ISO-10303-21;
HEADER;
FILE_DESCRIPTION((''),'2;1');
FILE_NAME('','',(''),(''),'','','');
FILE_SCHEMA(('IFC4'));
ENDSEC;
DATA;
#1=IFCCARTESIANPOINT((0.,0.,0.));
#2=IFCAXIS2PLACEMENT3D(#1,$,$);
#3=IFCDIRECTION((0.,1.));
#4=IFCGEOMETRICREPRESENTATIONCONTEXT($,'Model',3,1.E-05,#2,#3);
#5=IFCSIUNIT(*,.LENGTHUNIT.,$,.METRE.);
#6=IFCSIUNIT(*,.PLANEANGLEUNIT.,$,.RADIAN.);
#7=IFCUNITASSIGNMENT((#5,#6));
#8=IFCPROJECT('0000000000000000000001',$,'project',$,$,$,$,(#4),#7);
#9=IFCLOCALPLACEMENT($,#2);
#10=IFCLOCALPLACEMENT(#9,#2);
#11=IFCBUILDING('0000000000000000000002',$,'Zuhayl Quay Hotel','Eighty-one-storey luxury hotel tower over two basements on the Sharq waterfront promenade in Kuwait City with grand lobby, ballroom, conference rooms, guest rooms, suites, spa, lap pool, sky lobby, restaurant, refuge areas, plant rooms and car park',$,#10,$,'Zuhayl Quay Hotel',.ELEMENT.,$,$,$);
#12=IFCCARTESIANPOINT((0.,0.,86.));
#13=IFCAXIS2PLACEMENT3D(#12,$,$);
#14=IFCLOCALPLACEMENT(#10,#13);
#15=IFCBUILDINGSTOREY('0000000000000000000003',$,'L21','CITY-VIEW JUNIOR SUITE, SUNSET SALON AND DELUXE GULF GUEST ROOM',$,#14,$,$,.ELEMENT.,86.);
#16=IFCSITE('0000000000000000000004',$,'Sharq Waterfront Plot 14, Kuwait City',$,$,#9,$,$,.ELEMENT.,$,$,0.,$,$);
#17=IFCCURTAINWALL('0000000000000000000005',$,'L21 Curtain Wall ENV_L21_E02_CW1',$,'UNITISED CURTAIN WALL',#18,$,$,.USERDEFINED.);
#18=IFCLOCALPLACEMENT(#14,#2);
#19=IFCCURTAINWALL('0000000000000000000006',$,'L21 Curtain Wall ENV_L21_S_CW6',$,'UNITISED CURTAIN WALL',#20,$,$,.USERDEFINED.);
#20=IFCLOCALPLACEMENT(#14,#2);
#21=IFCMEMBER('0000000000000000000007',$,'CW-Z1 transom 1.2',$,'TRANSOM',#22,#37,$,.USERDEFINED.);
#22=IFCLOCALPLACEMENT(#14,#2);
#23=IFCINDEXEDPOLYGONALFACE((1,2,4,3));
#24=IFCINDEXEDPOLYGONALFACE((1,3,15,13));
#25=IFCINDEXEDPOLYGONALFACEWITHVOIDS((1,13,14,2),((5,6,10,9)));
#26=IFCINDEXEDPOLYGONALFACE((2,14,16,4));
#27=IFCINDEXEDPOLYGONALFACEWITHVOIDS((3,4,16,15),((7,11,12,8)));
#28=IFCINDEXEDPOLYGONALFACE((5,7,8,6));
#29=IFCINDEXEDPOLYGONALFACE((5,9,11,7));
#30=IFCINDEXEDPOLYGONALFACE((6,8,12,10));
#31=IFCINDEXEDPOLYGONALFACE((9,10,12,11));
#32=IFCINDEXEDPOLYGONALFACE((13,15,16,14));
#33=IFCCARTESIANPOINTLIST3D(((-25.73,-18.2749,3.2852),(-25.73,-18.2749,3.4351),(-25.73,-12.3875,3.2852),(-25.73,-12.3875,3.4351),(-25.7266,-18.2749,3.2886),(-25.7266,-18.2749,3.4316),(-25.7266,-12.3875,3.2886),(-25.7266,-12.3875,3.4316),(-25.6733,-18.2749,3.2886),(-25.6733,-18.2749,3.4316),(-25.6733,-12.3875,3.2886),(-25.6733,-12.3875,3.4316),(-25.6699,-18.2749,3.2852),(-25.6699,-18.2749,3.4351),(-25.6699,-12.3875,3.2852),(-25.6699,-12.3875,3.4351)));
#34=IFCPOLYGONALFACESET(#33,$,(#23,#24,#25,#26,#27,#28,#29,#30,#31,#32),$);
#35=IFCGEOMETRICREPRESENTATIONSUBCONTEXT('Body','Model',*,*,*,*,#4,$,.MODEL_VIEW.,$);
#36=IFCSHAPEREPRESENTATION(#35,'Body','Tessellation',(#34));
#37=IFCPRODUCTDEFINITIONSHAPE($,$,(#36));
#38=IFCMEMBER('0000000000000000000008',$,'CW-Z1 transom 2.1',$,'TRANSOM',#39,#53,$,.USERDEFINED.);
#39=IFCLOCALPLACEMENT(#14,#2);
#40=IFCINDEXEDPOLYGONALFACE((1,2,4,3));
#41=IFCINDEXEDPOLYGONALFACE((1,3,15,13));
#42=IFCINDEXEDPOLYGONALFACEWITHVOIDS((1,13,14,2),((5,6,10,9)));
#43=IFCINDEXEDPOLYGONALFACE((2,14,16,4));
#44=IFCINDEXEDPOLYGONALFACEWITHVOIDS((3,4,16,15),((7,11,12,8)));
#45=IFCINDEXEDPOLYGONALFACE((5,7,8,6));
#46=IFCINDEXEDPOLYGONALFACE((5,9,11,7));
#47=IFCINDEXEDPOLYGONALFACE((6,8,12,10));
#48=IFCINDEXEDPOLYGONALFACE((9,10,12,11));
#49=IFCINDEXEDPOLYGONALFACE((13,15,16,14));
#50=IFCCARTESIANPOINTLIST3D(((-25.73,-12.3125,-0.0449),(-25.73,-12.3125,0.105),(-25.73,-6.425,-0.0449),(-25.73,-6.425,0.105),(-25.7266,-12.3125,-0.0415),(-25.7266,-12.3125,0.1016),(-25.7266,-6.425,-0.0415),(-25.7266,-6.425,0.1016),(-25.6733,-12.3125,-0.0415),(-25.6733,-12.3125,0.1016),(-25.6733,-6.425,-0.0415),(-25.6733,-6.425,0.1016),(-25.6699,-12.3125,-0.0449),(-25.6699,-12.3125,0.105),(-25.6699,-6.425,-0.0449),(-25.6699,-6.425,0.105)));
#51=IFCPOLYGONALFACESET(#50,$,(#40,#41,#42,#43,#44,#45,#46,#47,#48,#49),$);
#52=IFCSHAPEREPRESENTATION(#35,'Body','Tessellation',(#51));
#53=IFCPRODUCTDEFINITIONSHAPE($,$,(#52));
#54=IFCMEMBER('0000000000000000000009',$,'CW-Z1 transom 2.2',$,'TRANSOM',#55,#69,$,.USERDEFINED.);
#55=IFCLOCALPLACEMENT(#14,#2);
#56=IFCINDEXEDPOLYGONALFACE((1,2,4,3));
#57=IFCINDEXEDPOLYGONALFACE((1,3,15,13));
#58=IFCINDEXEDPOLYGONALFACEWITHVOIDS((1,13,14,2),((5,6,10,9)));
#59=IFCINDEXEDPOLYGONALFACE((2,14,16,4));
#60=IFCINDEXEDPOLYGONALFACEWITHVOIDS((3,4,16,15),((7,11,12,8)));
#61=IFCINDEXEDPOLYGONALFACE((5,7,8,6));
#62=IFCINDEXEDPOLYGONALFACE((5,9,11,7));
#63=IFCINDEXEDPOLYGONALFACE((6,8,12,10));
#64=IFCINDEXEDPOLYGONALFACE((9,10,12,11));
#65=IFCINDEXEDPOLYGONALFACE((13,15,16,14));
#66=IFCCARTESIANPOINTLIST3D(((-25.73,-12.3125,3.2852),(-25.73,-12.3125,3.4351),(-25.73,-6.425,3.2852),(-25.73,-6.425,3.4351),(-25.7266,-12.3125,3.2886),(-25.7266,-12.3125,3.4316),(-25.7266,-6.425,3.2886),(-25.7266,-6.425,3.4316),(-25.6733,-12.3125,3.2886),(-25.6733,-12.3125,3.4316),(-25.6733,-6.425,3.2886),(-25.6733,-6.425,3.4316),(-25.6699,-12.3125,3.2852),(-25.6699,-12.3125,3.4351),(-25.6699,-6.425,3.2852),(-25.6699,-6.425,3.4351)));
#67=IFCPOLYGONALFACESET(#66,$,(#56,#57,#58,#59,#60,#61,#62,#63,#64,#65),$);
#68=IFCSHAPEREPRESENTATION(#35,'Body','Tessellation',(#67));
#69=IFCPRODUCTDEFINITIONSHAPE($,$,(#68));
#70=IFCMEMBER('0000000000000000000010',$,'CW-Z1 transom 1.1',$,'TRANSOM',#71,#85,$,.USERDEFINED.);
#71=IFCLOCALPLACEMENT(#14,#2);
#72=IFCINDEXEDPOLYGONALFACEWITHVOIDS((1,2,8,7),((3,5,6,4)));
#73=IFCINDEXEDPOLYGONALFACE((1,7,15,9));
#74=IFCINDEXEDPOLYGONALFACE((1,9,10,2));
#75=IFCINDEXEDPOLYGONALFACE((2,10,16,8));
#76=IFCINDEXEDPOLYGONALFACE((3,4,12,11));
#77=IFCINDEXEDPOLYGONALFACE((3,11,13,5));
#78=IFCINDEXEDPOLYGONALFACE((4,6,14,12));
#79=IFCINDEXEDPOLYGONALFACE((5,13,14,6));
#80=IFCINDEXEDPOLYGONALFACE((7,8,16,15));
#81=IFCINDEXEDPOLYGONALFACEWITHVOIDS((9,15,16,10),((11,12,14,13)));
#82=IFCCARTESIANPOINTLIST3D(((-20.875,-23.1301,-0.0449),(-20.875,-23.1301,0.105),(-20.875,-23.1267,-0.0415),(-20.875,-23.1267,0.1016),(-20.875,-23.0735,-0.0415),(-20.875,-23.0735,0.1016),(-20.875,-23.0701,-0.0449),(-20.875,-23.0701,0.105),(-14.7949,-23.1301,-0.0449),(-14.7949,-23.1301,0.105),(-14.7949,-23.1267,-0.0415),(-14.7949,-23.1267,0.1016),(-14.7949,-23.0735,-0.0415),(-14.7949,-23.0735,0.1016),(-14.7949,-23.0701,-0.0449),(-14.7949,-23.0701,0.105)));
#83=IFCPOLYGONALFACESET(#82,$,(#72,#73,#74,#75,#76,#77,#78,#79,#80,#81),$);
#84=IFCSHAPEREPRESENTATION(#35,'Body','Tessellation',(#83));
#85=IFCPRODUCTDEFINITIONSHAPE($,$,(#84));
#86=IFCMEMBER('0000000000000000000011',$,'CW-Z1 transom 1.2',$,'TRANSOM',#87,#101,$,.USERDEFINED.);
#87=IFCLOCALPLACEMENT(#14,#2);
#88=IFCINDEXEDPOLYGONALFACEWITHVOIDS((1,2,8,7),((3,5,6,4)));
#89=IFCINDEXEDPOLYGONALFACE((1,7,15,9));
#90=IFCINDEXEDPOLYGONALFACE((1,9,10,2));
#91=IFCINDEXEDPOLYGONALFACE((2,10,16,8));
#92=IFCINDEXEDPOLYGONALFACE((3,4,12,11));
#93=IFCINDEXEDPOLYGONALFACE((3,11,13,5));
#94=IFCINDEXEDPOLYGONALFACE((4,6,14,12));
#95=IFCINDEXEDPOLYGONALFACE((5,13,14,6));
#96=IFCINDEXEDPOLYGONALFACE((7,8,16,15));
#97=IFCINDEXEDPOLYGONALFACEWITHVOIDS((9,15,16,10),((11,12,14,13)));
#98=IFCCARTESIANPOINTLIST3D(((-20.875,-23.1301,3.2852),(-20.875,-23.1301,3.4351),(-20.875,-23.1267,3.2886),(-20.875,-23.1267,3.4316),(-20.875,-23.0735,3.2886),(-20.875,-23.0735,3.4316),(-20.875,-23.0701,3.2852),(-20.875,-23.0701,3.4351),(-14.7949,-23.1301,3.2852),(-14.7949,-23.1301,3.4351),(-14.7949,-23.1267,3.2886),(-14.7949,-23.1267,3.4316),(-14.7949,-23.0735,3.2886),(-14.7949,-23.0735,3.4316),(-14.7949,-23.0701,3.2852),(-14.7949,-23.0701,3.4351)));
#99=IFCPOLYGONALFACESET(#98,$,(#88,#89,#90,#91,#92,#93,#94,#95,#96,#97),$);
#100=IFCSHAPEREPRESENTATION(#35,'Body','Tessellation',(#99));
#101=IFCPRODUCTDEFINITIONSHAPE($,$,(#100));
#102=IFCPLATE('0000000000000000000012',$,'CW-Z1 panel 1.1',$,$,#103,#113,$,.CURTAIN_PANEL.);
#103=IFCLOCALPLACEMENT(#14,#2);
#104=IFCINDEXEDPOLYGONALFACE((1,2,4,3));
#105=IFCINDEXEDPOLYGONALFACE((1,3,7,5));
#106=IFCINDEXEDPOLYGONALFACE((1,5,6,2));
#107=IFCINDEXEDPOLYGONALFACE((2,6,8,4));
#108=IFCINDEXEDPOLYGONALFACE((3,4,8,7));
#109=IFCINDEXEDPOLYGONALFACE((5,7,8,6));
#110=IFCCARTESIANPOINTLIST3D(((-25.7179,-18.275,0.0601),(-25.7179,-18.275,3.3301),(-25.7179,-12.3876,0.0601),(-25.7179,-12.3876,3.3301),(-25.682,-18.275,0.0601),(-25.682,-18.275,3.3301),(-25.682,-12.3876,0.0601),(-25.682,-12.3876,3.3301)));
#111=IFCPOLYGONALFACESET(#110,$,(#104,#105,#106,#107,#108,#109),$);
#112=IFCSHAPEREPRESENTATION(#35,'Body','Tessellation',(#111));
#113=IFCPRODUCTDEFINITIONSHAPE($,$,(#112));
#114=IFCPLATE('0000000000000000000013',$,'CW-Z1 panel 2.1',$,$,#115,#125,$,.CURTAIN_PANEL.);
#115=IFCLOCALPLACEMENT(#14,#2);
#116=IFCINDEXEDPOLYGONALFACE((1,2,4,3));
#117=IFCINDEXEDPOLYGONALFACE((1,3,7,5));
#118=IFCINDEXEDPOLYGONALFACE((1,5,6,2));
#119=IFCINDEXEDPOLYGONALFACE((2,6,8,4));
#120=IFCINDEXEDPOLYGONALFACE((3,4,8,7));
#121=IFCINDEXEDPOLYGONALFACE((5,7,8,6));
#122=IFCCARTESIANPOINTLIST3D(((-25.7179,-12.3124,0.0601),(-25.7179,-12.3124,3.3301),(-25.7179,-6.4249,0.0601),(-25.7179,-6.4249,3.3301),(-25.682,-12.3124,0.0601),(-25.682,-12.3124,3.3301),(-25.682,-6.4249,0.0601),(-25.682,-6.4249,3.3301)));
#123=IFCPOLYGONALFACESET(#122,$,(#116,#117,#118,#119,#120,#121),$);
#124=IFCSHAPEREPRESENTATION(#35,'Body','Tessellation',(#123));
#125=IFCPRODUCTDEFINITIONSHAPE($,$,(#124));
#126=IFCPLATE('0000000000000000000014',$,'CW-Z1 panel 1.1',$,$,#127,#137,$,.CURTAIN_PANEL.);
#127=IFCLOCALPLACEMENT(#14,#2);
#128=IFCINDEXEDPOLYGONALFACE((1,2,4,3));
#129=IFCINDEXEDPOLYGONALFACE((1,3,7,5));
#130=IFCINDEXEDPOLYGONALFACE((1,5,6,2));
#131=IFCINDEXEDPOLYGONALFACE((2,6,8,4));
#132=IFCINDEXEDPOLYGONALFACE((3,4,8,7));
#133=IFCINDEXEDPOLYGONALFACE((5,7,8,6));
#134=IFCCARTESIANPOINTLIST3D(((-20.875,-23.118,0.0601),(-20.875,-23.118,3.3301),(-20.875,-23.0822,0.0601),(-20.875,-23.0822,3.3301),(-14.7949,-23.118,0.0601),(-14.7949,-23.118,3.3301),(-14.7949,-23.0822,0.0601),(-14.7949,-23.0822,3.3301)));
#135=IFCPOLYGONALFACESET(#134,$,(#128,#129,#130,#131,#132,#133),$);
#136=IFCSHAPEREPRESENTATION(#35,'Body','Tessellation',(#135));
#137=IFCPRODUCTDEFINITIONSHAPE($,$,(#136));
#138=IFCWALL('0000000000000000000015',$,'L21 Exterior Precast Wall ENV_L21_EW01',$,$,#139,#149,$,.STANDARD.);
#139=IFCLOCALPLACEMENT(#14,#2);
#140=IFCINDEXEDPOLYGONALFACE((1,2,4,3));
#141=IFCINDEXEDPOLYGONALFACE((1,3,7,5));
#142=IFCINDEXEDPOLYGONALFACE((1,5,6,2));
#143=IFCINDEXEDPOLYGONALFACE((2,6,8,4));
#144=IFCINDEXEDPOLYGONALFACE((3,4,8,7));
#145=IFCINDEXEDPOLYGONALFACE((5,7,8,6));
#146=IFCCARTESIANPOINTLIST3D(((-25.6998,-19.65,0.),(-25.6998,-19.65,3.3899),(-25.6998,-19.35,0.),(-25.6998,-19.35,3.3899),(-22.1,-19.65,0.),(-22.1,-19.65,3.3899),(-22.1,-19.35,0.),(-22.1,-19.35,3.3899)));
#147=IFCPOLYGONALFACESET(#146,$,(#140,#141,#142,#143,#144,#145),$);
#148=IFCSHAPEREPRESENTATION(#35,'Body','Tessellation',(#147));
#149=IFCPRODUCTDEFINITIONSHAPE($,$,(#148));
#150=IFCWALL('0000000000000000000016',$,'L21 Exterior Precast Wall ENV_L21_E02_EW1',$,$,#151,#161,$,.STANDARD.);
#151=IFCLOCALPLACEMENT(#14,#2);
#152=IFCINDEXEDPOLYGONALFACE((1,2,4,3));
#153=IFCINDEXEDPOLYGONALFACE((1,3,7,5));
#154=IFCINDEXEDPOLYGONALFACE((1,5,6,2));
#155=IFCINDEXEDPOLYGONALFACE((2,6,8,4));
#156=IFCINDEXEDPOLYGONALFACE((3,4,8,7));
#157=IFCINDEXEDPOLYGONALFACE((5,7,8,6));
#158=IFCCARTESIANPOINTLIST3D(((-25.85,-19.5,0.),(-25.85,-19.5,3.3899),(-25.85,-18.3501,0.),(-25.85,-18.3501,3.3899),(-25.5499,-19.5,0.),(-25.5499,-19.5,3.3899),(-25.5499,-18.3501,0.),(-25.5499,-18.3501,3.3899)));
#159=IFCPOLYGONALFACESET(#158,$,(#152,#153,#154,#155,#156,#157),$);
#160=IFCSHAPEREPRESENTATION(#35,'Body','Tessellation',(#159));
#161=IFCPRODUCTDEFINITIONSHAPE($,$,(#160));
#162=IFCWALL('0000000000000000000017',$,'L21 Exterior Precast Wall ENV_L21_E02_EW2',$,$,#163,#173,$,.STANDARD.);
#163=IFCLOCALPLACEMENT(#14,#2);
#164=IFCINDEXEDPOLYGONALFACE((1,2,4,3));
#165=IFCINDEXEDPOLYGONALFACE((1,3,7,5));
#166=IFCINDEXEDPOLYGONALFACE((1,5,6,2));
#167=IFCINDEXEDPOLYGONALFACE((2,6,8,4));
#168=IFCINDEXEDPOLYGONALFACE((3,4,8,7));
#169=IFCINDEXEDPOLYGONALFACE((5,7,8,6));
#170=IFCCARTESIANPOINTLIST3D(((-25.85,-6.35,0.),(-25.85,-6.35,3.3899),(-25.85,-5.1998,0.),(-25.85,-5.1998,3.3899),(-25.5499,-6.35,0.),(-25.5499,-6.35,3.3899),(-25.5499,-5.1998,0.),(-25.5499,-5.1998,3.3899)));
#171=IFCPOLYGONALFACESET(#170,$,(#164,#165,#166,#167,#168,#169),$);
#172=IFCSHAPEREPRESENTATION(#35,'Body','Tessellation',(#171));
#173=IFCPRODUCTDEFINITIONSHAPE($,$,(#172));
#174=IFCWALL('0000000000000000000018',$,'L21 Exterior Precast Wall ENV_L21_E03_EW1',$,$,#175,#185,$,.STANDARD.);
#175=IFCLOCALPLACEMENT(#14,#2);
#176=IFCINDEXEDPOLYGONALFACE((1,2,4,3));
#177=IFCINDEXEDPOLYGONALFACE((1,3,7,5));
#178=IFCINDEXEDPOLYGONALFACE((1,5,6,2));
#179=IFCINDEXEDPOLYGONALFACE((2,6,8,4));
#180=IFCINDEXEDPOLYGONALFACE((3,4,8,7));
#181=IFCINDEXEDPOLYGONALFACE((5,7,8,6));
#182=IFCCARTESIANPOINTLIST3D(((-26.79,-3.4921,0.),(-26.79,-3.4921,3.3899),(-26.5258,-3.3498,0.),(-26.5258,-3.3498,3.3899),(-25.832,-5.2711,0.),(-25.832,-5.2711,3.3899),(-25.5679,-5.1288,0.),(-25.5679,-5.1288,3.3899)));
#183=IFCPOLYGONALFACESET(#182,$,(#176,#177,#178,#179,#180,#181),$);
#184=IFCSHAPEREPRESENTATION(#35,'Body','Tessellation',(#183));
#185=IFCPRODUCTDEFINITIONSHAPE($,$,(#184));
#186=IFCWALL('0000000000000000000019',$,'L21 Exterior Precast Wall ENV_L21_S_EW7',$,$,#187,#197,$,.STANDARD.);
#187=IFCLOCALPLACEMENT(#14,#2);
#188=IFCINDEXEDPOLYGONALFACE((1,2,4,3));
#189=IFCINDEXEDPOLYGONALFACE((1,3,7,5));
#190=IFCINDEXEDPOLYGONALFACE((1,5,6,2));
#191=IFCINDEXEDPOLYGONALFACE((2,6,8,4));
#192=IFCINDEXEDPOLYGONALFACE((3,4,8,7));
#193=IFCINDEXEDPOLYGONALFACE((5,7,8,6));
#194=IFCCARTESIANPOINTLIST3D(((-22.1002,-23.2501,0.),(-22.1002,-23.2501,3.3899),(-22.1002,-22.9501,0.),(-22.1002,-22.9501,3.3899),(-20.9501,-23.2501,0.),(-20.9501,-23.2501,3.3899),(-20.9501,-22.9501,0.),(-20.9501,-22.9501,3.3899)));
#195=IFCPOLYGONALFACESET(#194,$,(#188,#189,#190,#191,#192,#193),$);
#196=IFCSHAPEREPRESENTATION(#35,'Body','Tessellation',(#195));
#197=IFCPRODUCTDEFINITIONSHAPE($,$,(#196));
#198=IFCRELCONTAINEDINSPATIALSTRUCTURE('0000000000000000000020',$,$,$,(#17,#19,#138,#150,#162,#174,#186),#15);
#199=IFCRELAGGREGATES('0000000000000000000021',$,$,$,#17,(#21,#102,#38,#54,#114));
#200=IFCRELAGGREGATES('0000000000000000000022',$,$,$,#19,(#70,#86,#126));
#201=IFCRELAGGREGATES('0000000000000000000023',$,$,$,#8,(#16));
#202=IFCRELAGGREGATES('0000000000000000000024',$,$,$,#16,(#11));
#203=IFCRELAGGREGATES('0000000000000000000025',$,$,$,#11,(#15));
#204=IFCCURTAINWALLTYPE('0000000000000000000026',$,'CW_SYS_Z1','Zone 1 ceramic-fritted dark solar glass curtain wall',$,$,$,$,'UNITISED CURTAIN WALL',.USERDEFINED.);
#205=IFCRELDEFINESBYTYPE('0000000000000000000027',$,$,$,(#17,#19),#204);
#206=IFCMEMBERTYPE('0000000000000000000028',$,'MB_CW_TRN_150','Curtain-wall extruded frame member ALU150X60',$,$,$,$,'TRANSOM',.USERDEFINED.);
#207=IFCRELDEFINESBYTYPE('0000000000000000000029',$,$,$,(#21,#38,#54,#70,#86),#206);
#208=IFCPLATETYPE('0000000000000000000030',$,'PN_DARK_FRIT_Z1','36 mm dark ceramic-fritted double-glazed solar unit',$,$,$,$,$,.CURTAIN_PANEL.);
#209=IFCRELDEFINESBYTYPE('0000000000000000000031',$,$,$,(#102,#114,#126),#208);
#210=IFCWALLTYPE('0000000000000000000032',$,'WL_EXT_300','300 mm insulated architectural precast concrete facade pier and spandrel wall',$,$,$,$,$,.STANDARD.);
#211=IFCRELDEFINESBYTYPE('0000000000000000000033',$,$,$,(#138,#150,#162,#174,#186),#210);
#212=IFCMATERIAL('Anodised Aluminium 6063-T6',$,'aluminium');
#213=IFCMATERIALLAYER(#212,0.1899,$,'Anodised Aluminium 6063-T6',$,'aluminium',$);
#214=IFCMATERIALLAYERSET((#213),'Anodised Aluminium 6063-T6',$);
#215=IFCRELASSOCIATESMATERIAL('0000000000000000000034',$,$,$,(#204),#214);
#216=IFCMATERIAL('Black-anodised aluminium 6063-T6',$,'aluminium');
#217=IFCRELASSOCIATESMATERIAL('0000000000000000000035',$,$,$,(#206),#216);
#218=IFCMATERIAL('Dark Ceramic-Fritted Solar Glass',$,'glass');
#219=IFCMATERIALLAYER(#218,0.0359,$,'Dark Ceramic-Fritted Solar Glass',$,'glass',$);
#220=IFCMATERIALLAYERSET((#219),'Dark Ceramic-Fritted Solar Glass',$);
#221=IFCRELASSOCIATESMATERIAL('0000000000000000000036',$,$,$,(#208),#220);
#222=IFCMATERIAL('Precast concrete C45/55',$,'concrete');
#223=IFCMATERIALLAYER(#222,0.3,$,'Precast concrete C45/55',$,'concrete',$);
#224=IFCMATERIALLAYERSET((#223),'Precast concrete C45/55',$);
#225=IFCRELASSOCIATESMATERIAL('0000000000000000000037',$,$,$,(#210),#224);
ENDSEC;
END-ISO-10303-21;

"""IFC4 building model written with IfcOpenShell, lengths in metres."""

from ifc_helpers import new_model, si_unit, direction, frame, frame_2d, origin, origin_2d, place, context, subcontext, project, spatial, rectangle, hollow_rectangle, extrude, material, layer, layer_set, material_profile, profile_set, type_object, element, aggregate, save


model = new_model("IFC4")

# Units and contexts
model_context = context("Model", 3, precision=1e-05, world=origin(), true_north=direction((0.0, 1.0)))
body_context = subcontext(model_context, "Body", "Model", "MODEL_VIEW")
ifc_project = project(units=[si_unit("LENGTHUNIT", "METRE"), si_unit("PLANEANGLEUNIT", "RADIAN")], contexts=[model_context])

# Site, building, storey
site_placement = place(None, origin())
site = spatial("IfcSite", under=ifc_project, at=site_placement, Name="Sharq Waterfront Plot 14, Kuwait City", CompositionType="ELEMENT", RefElevation=0.0)
building_placement = place(site_placement, origin())
building = spatial("IfcBuilding", under=site, at=building_placement, Name="Zuhayl Quay Hotel", Description="Eighty-one-storey luxury hotel tower over two basements on the Sharq waterfront promenade in Kuwait City with grand lobby, ballroom, conference rooms, guest rooms, suites, spa, lap pool, sky lobby, restaurant, refuge areas, plant rooms and car park", LongName="Zuhayl Quay Hotel", CompositionType="ELEMENT")
storey_placement = place(building_placement, frame((0.0, 0.0, 86.0)))
storey = spatial("IfcBuildingStorey", under=building, at=storey_placement, Name="L21", Description="CITY-VIEW JUNIOR SUITE, SUNSET SALON AND DELUXE GULF GUEST ROOM", CompositionType="ELEMENT", Elevation=86.0)

# Curtain walls
ifc_material_1 = material(Name="Anodised Aluminium 6063-T6", Category="aluminium")
ifc_layer_1 = layer(ifc_material_1, 0.1899, Name="Anodised Aluminium 6063-T6", Category="aluminium")
ifc_layer_set_1 = layer_set([ifc_layer_1], Name="Anodised Aluminium 6063-T6")
curtain_wall_type = type_object("IfcCurtainWallType", Name="CW_SYS_Z1", Description="Zone 1 ceramic-fritted dark solar glass curtain wall", ElementType="UNITISED CURTAIN WALL", PredefinedType="USERDEFINED", material=ifc_layer_set_1)
curtain_wall_1_placement = place(storey_placement, origin())
curtain_wall_1 = element("IfcCurtainWall", 1, at=curtain_wall_1_placement, inside=storey, type_object=curtain_wall_type, Name="L21 Curtain Wall ENV_L21_E02_CW1", ObjectType="UNITISED CURTAIN WALL", PredefinedType="USERDEFINED")
ifc_material_2 = material(Name="Black-anodised aluminium 6063-T6", Category="aluminium")
curtain_wall_2_placement = place(storey_placement, origin())
curtain_wall_2 = element("IfcCurtainWall", 2, at=curtain_wall_2_placement, inside=storey, type_object=curtain_wall_type, Name="L21 Curtain Wall ENV_L21_S_CW6", ObjectType="UNITISED CURTAIN WALL", PredefinedType="USERDEFINED")

# Members
ifc_material_profile_1 = material_profile(ifc_material_2, hollow_rectangle(XDim=0.0601, YDim=0.1499, WallThickness=0.0034, at=origin_2d()), Name="ALU150X60")
ifc_profile_set_1 = profile_set([ifc_material_profile_1], Name="Black-anodised aluminium 6063-T6")
member_type_1 = type_object("IfcMemberType", Name="MB_CW_TRN_150", Description="Curtain-wall extruded frame member ALU150X60", ElementType="TRANSOM", PredefinedType="USERDEFINED", material=ifc_profile_set_1)
member_1_placement = place(storey_placement, frame((-25.7, -18.2749, 3.3601), z_axis=(0.0, 1.0, 0.0), x_axis=(-1.0, 0.0, 0.0)))
member_1 = element("IfcMember", 3, at=member_1_placement, type_object=member_type_1, Name="CW-Z1 transom 1.2", ObjectType="TRANSOM", PredefinedType="USERDEFINED", context=body_context, shape_type="SweptSolid", body=[
    extrude(hollow_rectangle(XDim=0.0601, YDim=0.1499, WallThickness=0.0034, at=origin_2d()), origin(), (0.0, 0.0, 1.0), 5.8875),
])
member_2_placement = place(storey_placement, frame((-25.7, -12.3125, 0.03), z_axis=(0.0, 1.0, 0.0), x_axis=(-1.0, 0.0, 0.0)))
member_2 = element("IfcMember", 4, at=member_2_placement, type_object=member_type_1, Name="CW-Z1 transom 2.1", ObjectType="TRANSOM", PredefinedType="USERDEFINED", context=body_context, shape_type="SweptSolid", body=[
    extrude(hollow_rectangle(XDim=0.0601, YDim=0.1499, WallThickness=0.0034, at=origin_2d()), origin(), (0.0, 0.0, 1.0), 5.8875),
])
member_3_placement = place(storey_placement, frame((-25.7, -12.3125, 3.3601), z_axis=(0.0, 1.0, 0.0), x_axis=(-1.0, 0.0, 0.0)))
member_3 = element("IfcMember", 5, at=member_3_placement, type_object=member_type_1, Name="CW-Z1 transom 2.2", ObjectType="TRANSOM", PredefinedType="USERDEFINED", context=body_context, shape_type="SweptSolid", body=[
    extrude(hollow_rectangle(XDim=0.0601, YDim=0.1499, WallThickness=0.0034, at=origin_2d()), origin(), (0.0, 0.0, 1.0), 5.8875),
])
member_4_placement = place(storey_placement, frame((-14.7949, -23.1001, 0.03), z_axis=(-1.0, 0.0, 0.0), x_axis=(0.0, -1.0, 0.0)))
member_4 = element("IfcMember", 6, at=member_4_placement, type_object=member_type_1, Name="CW-Z1 transom 1.1", ObjectType="TRANSOM", PredefinedType="USERDEFINED", context=body_context, shape_type="SweptSolid", body=[
    extrude(hollow_rectangle(XDim=0.0601, YDim=0.1499, WallThickness=0.0034, at=origin_2d()), origin(), (0.0, 0.0, 1.0), 6.0801),
])
member_5_placement = place(storey_placement, frame((-14.7949, -23.1001, 3.3601), z_axis=(-1.0, 0.0, 0.0), x_axis=(0.0, -1.0, 0.0)))
member_5 = element("IfcMember", 7, at=member_5_placement, type_object=member_type_1, Name="CW-Z1 transom 1.2", ObjectType="TRANSOM", PredefinedType="USERDEFINED", context=body_context, shape_type="SweptSolid", body=[
    extrude(hollow_rectangle(XDim=0.0601, YDim=0.1499, WallThickness=0.0034, at=origin_2d()), origin(), (0.0, 0.0, 1.0), 6.0801),
])

# Plates
ifc_material_3 = material(Name="Dark Ceramic-Fritted Solar Glass", Category="glass")
ifc_layer_2 = layer(ifc_material_3, 0.0359, Name="Dark Ceramic-Fritted Solar Glass", Category="glass")
ifc_layer_set_2 = layer_set([ifc_layer_2], Name="Dark Ceramic-Fritted Solar Glass")
plate_type = type_object("IfcPlateType", Name="PN_DARK_FRIT_Z1", Description="36 mm dark ceramic-fritted double-glazed solar unit", PredefinedType="CURTAIN_PANEL", material=ifc_layer_set_2)
plate_1_placement = place(storey_placement, frame((-25.7, -15.3313, 0.0601), z_axis=(0.0, 0.0, 1.0), x_axis=(0.0, 1.0, 0.0)))
plate_1 = element("IfcPlate", 8, at=plate_1_placement, type_object=plate_type, Name="CW-Z1 panel 1.1", PredefinedType="CURTAIN_PANEL", context=body_context, shape_type="SweptSolid", body=[
    extrude(rectangle(XDim=5.8875, YDim=0.0359, at=origin_2d()), origin(), (0.0, 0.0, 1.0), 3.27),
])
plate_2_placement = place(storey_placement, frame((-25.7, -9.3687, 0.0601), z_axis=(0.0, 0.0, 1.0), x_axis=(0.0, 1.0, 0.0)))
plate_2 = element("IfcPlate", 9, at=plate_2_placement, type_object=plate_type, Name="CW-Z1 panel 2.1", PredefinedType="CURTAIN_PANEL", context=body_context, shape_type="SweptSolid", body=[
    extrude(rectangle(XDim=5.8875, YDim=0.0359, at=origin_2d()), origin(), (0.0, 0.0, 1.0), 3.27),
])
aggregate(curtain_wall_1, [member_1, plate_1, member_2, member_3, plate_2])
plate_3_placement = place(storey_placement, frame((-17.835, -23.1001, 0.0601), z_axis=(0.0, 0.0, 1.0), x_axis=(-1.0, 0.0, 0.0)))
plate_3 = element("IfcPlate", 10, at=plate_3_placement, type_object=plate_type, Name="CW-Z1 panel 1.1", PredefinedType="CURTAIN_PANEL", context=body_context, shape_type="SweptSolid", body=[
    extrude(rectangle(XDim=6.0801, YDim=0.0359, at=origin_2d()), origin(), (0.0, 0.0, 1.0), 3.27),
])
aggregate(curtain_wall_2, [member_4, member_5, plate_3])

# Walls
ifc_material_4 = material(Name="Precast concrete C45/55", Category="concrete")
ifc_layer_3 = layer(ifc_material_4, 0.3, Name="Precast concrete C45/55", Category="concrete")
ifc_layer_set_3 = layer_set([ifc_layer_3], Name="Precast concrete C45/55")
wall_type = type_object("IfcWallType", Name="WL_EXT_300", Description="300 mm insulated architectural precast concrete facade pier and spandrel wall", PredefinedType="STANDARD", material=ifc_layer_set_3)
wall_1_placement = place(storey_placement, frame((-22.1001, -19.5, 0.0), z_axis=(0.0, 0.0, 1.0), x_axis=(-1.0, 0.0, 0.0)))
element("IfcWall", 11, at=wall_1_placement, inside=storey, type_object=wall_type, Name="L21 Exterior Precast Wall ENV_L21_EW01", PredefinedType="STANDARD", context=body_context, shape_type="SweptSolid", body=[
    extrude(rectangle(XDim=3.5999, YDim=0.3, at=frame_2d((1.7998, 0.0))), origin(), (0.0, 0.0, 1.0), 3.3899),
])
wall_2_placement = place(storey_placement, frame((-25.7, -19.5, 0.0), z_axis=(0.0, 0.0, 1.0), x_axis=(0.0, 1.0, 0.0)))
element("IfcWall", 12, at=wall_2_placement, inside=storey, type_object=wall_type, Name="L21 Exterior Precast Wall ENV_L21_E02_EW1", PredefinedType="STANDARD", context=body_context, shape_type="SweptSolid", body=[
    extrude(rectangle(XDim=1.1499, YDim=0.3, at=frame_2d((0.575, 0.0))), origin(), (0.0, 0.0, 1.0), 3.3899),
])
wall_3_placement = place(storey_placement, frame((-25.7, -6.3501, 0.0), z_axis=(0.0, 0.0, 1.0), x_axis=(0.0, 1.0, 0.0)))
element("IfcWall", 13, at=wall_3_placement, inside=storey, type_object=wall_type, Name="L21 Exterior Precast Wall ENV_L21_E02_EW2", PredefinedType="STANDARD", context=body_context, shape_type="SweptSolid", body=[
    extrude(rectangle(XDim=1.1501, YDim=0.3, at=frame_2d((0.5752, 0.0))), origin(), (0.0, 0.0, 1.0), 3.3899),
])
wall_4_placement = place(storey_placement, frame((-25.7, -5.2, 0.0), z_axis=(0.0, 0.0, 1.0), x_axis=(-0.474121, 0.880459, 0.0)))
element("IfcWall", 14, at=wall_4_placement, inside=storey, type_object=wall_type, Name="L21 Exterior Precast Wall ENV_L21_E03_EW1", PredefinedType="STANDARD", context=body_context, shape_type="SweptSolid", body=[
    extrude(rectangle(XDim=2.0205, YDim=0.3, at=frame_2d((1.0103, 0.0))), origin(), (0.0, 0.0, 1.0), 3.3899),
])
wall_5_placement = place(storey_placement, frame((-20.95, -23.1001, 0.0), z_axis=(0.0, 0.0, 1.0), x_axis=(-1.0, 0.0, 0.0)))
element("IfcWall", 15, at=wall_5_placement, inside=storey, type_object=wall_type, Name="L21 Exterior Precast Wall ENV_L21_S_EW7", PredefinedType="STANDARD", context=body_context, shape_type="SweptSolid", body=[
    extrude(rectangle(XDim=1.1501, YDim=0.3, at=frame_2d((0.5752, 0.0))), origin(), (0.0, 0.0, 1.0), 3.3899),
])

save(model, "model.ifc")
